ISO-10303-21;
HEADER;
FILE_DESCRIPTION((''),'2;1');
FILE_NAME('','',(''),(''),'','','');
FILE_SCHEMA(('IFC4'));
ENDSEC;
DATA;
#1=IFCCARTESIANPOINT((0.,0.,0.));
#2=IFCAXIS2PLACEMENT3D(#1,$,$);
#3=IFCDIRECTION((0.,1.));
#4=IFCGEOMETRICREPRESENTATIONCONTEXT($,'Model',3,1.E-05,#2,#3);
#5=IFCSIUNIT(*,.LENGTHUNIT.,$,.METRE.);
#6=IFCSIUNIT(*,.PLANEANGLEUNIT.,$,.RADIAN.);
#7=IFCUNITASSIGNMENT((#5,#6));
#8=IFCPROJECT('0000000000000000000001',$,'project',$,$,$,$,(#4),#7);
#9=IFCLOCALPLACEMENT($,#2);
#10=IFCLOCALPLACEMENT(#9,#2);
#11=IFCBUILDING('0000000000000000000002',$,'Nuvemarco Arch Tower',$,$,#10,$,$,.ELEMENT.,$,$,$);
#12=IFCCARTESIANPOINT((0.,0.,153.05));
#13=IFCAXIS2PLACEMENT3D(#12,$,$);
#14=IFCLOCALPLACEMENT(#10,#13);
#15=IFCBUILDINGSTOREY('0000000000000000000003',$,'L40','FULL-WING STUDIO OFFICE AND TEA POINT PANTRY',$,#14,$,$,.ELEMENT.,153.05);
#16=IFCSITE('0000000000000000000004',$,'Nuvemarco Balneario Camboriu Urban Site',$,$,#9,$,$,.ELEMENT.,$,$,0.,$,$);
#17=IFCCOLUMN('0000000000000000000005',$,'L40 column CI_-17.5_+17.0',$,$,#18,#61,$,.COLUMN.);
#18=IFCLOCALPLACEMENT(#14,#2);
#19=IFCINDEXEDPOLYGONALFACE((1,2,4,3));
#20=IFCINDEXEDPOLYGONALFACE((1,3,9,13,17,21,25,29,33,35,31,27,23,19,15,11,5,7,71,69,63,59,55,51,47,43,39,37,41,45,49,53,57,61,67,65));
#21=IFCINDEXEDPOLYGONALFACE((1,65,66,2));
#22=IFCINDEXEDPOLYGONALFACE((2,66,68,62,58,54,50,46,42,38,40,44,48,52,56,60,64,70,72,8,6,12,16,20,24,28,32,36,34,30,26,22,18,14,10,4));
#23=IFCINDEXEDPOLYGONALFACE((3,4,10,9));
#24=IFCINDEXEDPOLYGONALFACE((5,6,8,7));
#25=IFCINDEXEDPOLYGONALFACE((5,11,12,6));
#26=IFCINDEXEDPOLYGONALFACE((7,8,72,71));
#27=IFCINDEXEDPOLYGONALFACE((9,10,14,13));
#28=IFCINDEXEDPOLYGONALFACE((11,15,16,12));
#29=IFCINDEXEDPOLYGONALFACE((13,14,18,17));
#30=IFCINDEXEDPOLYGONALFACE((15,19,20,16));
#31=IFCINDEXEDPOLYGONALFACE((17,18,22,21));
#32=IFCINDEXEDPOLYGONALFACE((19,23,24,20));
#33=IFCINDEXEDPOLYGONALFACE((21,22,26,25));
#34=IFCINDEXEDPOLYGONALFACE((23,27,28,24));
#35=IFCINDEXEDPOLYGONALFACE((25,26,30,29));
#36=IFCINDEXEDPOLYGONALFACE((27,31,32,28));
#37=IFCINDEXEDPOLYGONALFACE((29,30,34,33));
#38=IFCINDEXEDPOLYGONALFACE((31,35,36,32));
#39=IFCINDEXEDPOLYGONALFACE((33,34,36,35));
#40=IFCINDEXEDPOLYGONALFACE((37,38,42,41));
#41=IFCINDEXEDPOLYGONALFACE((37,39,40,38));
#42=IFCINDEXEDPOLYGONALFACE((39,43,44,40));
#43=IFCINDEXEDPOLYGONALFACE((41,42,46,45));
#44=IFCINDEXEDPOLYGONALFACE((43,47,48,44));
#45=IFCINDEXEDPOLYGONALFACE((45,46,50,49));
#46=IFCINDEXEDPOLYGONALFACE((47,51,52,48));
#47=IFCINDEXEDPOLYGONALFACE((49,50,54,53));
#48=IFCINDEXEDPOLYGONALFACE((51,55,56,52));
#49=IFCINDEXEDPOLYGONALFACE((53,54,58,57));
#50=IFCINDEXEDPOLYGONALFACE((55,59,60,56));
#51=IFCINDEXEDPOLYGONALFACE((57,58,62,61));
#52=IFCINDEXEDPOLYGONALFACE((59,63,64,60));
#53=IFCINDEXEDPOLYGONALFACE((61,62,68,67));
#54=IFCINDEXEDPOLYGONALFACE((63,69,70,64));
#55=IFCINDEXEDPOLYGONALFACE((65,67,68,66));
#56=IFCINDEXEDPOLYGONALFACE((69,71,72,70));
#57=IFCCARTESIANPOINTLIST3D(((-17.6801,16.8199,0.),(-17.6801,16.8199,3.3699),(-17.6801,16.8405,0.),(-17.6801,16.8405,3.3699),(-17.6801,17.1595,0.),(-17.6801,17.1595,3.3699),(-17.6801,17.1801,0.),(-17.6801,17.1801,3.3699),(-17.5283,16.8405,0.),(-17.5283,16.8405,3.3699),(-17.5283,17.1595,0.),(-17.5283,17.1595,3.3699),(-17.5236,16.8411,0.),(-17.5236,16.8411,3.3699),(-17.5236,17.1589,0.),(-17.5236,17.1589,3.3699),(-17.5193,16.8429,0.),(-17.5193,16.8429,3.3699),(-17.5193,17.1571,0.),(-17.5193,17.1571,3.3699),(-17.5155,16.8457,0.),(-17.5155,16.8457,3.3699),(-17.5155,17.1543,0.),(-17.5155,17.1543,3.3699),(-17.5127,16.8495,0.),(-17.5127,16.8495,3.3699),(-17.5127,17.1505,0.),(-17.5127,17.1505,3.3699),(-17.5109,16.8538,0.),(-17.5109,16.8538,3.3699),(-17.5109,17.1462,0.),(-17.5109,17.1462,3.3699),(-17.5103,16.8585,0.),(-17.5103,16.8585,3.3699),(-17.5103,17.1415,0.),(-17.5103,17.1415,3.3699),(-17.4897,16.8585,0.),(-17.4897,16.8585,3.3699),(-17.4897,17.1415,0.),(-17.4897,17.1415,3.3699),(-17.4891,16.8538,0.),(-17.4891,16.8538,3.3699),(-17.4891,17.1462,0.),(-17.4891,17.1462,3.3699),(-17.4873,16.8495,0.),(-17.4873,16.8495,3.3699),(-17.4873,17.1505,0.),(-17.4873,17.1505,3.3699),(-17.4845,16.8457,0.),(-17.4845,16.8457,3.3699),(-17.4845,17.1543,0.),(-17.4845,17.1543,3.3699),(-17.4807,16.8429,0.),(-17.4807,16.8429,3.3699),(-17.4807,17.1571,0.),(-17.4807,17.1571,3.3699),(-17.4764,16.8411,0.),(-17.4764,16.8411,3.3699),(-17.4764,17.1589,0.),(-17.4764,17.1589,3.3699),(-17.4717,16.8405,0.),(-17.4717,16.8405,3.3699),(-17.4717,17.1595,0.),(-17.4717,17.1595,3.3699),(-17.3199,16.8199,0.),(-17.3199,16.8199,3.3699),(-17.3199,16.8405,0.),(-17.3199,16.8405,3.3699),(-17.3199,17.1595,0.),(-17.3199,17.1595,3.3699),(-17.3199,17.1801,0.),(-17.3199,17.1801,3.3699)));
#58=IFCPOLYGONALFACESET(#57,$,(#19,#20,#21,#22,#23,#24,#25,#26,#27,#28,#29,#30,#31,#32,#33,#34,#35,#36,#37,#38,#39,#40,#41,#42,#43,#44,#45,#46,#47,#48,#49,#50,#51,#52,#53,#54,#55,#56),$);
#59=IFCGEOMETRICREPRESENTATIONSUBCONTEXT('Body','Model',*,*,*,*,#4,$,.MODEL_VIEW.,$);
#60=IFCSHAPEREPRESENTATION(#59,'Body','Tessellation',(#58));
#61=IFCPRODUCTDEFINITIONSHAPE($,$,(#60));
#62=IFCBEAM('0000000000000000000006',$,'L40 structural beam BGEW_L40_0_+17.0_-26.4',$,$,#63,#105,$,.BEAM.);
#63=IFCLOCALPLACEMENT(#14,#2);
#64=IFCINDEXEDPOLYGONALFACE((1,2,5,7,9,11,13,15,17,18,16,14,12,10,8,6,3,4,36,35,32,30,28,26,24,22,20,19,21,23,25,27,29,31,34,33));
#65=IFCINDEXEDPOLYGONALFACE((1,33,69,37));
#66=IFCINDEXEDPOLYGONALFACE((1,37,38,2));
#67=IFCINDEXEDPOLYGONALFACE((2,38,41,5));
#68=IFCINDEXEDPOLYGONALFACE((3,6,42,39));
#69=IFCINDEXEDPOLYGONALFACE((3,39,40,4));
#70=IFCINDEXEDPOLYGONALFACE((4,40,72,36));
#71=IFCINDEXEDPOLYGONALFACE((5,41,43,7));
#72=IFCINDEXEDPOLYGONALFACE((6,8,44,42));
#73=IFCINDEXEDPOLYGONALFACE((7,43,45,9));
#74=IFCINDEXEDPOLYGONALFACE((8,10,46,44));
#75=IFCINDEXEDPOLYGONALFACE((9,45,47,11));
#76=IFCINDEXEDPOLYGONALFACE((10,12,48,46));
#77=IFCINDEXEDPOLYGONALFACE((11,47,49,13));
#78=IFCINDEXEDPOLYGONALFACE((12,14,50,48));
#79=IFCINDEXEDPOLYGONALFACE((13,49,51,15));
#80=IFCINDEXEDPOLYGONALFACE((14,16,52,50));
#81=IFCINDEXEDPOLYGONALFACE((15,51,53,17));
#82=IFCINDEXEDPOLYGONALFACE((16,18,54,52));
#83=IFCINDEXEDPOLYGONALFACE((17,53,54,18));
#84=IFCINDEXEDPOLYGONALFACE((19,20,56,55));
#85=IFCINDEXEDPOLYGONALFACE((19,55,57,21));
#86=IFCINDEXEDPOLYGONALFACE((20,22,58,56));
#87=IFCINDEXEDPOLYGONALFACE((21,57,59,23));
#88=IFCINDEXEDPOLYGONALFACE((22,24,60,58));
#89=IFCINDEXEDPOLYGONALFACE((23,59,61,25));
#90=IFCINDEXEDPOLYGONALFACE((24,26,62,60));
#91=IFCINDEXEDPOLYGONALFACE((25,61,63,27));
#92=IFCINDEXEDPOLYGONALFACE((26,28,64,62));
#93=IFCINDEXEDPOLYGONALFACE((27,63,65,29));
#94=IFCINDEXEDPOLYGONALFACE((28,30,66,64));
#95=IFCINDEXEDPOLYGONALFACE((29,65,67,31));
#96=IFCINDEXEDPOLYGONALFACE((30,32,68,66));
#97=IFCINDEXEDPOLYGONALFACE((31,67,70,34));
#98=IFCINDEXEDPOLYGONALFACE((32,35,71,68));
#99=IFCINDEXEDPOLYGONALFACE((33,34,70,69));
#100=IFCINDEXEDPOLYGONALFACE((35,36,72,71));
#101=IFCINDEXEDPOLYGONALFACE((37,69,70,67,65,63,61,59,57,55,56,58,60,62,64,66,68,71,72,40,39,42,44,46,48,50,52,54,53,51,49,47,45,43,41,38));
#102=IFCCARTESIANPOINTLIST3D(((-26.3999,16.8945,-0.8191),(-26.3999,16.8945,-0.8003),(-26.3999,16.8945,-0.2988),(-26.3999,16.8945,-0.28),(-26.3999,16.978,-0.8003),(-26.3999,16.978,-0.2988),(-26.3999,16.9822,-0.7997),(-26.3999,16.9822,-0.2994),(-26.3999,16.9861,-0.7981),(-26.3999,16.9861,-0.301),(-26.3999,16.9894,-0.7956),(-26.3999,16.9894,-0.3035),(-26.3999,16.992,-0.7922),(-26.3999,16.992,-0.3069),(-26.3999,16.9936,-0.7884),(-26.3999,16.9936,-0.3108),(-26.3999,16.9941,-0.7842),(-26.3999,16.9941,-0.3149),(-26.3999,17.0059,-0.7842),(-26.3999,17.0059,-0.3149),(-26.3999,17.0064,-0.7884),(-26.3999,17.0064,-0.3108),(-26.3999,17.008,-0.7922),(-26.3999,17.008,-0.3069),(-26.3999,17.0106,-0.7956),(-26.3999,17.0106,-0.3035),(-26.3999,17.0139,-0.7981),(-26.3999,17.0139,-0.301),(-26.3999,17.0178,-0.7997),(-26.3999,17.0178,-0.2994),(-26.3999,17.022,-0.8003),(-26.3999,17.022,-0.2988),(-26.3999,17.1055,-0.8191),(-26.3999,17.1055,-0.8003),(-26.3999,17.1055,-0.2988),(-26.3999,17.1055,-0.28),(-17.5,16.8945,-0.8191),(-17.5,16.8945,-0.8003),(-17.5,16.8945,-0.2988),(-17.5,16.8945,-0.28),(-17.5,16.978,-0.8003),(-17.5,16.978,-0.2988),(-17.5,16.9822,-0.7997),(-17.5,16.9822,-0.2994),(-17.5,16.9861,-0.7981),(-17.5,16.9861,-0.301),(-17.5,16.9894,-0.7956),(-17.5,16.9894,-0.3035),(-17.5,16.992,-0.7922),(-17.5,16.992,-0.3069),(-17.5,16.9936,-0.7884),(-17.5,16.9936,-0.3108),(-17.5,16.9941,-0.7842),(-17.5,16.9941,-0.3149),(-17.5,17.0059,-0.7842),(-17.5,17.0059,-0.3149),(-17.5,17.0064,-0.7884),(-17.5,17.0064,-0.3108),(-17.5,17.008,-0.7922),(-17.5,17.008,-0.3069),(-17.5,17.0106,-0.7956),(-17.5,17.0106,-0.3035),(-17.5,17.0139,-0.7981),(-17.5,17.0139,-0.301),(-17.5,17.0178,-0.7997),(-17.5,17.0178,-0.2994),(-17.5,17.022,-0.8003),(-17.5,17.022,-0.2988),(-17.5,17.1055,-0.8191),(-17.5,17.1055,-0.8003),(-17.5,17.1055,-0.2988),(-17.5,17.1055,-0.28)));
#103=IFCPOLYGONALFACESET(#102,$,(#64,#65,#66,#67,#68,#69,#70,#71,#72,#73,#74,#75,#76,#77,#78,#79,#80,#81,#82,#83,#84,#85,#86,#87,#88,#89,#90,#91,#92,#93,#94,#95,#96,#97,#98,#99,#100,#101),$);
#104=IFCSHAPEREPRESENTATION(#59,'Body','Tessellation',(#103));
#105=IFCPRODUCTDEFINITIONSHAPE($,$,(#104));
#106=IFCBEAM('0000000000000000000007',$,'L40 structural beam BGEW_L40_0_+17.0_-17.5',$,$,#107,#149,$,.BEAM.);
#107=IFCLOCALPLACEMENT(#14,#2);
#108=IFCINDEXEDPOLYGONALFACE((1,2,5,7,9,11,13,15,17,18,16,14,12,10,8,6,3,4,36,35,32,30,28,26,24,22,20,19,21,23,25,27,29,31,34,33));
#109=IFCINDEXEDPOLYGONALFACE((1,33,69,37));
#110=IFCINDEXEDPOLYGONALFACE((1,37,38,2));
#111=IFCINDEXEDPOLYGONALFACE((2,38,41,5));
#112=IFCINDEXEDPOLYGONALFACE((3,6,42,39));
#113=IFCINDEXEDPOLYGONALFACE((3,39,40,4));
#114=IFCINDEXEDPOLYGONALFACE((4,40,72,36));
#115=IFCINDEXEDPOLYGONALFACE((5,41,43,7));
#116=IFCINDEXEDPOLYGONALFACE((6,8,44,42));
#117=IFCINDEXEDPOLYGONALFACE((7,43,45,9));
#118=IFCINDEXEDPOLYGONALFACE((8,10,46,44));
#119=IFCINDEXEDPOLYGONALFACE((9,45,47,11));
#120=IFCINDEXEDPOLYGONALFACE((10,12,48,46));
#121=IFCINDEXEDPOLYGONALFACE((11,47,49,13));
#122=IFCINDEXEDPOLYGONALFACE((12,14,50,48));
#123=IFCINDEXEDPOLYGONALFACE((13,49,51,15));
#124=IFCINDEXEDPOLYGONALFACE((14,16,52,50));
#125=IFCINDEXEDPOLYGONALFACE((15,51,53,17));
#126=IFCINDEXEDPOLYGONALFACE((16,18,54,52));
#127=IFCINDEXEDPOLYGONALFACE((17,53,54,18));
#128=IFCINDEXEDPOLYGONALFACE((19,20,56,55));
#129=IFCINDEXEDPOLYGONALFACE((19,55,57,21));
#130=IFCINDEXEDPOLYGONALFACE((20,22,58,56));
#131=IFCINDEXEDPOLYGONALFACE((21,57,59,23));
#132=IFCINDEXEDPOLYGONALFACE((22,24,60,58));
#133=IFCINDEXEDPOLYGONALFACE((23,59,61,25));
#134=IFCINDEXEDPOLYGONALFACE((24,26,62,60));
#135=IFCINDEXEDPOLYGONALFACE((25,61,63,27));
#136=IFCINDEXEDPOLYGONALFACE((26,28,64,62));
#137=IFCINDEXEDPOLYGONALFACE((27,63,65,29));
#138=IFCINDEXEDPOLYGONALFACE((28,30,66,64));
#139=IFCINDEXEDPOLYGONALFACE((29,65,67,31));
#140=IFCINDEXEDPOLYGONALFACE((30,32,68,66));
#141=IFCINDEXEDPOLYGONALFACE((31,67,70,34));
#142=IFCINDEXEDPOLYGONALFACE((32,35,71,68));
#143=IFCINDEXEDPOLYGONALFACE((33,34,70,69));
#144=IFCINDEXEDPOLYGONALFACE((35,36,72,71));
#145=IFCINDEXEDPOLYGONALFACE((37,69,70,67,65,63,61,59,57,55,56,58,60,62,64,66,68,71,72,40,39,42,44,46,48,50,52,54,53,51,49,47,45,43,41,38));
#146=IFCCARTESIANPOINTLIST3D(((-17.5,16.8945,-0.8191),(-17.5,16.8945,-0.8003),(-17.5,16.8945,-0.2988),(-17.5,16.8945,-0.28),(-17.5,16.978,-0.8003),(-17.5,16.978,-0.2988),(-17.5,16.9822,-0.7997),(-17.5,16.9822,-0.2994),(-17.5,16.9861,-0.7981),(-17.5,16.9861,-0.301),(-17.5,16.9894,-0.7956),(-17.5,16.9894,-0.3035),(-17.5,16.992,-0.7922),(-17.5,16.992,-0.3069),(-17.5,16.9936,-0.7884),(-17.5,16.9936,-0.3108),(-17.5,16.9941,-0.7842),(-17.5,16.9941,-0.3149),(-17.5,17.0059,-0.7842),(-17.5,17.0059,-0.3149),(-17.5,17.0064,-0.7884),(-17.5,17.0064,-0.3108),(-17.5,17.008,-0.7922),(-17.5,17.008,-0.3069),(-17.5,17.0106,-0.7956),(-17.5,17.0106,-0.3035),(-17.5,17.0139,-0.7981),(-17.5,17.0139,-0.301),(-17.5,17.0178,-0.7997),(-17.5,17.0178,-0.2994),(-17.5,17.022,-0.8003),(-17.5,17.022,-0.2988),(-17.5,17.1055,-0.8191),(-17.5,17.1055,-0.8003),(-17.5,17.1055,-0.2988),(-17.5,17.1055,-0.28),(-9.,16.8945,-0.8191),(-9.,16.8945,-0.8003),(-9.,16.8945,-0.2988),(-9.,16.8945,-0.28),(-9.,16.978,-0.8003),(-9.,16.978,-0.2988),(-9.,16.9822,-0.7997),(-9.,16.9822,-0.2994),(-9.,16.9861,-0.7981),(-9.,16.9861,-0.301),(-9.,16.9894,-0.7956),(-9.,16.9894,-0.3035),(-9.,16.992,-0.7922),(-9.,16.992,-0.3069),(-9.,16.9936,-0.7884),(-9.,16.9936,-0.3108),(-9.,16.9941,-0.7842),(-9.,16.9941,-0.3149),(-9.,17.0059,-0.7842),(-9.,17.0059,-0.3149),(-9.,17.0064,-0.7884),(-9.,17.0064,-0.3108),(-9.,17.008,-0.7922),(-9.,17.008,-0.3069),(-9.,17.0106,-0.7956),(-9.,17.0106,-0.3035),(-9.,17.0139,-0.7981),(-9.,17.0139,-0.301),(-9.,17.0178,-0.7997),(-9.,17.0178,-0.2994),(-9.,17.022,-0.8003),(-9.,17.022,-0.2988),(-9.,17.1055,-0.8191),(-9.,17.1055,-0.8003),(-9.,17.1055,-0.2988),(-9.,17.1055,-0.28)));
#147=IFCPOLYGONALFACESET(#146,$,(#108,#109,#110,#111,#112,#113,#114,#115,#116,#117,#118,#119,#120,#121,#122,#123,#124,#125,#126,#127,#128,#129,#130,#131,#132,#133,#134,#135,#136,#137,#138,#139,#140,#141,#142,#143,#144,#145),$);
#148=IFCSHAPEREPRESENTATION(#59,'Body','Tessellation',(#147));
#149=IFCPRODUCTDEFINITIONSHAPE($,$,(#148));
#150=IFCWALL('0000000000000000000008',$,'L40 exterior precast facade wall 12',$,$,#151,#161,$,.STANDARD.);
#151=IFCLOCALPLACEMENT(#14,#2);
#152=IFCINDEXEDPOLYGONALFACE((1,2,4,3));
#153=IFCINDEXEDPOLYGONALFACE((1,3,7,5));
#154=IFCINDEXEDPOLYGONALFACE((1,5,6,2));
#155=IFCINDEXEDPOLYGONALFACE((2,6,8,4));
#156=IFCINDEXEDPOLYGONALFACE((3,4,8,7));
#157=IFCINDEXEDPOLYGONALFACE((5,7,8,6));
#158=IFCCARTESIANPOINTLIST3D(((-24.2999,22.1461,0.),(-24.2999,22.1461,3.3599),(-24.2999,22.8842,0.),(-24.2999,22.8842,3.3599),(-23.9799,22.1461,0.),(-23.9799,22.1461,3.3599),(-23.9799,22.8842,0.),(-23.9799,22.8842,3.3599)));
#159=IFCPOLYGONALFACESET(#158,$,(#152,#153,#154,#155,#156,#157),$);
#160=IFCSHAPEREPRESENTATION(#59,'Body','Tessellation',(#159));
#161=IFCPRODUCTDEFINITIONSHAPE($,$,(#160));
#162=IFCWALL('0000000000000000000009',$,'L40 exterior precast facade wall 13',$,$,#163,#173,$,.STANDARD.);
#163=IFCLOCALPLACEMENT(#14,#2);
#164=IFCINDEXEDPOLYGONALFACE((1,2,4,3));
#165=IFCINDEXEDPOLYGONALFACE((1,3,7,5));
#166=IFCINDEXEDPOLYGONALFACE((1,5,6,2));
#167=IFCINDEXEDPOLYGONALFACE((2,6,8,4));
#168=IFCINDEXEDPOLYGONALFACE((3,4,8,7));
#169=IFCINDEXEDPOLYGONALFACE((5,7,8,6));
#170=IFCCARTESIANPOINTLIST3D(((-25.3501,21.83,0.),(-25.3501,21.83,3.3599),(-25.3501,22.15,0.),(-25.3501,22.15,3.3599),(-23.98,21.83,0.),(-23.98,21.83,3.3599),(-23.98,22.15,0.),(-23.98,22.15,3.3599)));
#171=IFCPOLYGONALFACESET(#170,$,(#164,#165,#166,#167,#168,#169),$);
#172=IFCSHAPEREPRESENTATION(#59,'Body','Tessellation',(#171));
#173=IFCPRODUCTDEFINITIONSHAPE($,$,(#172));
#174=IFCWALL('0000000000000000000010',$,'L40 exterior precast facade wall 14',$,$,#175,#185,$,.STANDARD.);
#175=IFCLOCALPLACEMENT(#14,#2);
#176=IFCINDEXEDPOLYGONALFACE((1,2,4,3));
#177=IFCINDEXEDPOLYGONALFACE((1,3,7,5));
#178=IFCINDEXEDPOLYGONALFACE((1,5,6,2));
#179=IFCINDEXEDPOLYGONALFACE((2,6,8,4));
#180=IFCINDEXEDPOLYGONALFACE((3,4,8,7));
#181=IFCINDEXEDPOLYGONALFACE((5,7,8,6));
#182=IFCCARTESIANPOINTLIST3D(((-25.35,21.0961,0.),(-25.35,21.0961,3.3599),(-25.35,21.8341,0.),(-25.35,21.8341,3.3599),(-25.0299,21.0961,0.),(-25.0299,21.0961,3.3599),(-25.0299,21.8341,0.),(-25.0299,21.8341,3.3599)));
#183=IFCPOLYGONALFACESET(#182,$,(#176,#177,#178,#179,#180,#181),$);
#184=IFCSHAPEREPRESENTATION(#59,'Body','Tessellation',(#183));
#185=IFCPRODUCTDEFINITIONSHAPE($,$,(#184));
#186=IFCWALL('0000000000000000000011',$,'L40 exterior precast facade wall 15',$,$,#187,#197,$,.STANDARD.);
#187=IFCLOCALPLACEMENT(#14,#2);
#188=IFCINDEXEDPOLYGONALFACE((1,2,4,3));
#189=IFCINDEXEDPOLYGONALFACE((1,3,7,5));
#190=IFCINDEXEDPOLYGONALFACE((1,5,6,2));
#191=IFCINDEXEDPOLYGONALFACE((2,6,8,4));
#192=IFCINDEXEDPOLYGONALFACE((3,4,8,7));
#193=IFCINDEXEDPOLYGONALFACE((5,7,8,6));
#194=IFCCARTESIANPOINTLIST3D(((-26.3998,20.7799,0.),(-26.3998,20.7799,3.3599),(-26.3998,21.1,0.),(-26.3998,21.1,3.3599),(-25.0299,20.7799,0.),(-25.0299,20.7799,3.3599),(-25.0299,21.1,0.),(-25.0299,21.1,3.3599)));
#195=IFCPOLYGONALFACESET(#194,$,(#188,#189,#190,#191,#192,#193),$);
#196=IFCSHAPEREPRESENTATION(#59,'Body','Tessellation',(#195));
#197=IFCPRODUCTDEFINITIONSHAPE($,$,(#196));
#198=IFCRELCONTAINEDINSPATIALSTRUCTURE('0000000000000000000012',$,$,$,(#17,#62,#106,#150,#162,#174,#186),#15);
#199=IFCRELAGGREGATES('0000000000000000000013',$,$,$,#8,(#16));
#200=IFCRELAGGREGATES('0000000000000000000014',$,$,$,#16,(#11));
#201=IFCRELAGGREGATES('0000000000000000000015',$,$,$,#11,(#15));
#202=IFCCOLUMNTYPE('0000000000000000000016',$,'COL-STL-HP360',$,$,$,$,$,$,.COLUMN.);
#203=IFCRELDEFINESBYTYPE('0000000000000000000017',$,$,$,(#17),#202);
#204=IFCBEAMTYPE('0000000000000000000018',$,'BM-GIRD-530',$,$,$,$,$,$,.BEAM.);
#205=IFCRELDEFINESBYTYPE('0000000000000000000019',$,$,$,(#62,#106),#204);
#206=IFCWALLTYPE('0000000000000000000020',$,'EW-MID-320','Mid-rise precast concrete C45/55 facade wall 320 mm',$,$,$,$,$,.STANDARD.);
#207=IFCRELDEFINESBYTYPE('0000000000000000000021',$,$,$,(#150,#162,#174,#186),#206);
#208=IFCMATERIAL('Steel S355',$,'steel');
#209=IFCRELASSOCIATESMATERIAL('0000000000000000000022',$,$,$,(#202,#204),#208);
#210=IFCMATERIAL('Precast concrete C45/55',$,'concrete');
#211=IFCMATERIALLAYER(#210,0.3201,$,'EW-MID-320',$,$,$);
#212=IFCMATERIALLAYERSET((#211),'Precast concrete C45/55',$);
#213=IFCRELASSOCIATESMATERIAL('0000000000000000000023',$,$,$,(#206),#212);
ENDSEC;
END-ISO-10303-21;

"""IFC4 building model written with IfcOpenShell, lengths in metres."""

from ifc_helpers import new_model, si_unit, direction, frame, frame_2d, origin, origin_2d, place, context, subcontext, project, spatial, rectangle, i_section, extrude, material, layer, layer_set, material_profile, profile_set, type_object, element, save


model = new_model("IFC4")

# Units and contexts
model_context = context("Model", 3, precision=1e-05, world=origin(), true_north=direction((0.0, 1.0)))
body_context = subcontext(model_context, "Body", "Model", "MODEL_VIEW")
ifc_project = project(units=[si_unit("LENGTHUNIT", "METRE"), si_unit("PLANEANGLEUNIT", "RADIAN")], contexts=[model_context])

# Site, building, storey
site_placement = place(None, origin())
site = spatial("IfcSite", under=ifc_project, at=site_placement, Name="Nuvemarco Balneario Camboriu Urban Site", CompositionType="ELEMENT", RefElevation=0.0)
building_placement = place(site_placement, origin())
building = spatial("IfcBuilding", under=site, at=building_placement, Name="Nuvemarco Arch Tower", CompositionType="ELEMENT")
storey_placement = place(building_placement, frame((0.0, 0.0, 153.05)))
storey = spatial("IfcBuildingStorey", under=building, at=storey_placement, Name="L40", Description="FULL-WING STUDIO OFFICE AND TEA POINT PANTRY", CompositionType="ELEMENT", Elevation=153.05)

# Column
ifc_material_1 = material(Name="Steel S355", Category="steel")
ifc_material_profile_1 = material_profile(ifc_material_1, i_section(OverallWidth=0.3601, OverallDepth=0.3601, WebThickness=0.0205, FlangeThickness=0.0205, FilletRadius=0.0181, at=origin_2d()), Name="HP360x174")
ifc_profile_set_1 = profile_set([ifc_material_profile_1], Name="Steel S355")
column_type = type_object("IfcColumnType", Name="COL-STL-HP360", PredefinedType="COLUMN", material=ifc_profile_set_1)
column_placement = place(storey_placement, frame((-17.5, 17.0, 0.0), z_axis=(0.0, 0.0, 1.0), x_axis=(1.0, 0.0, 0.0)))
element("IfcColumn", 1, at=column_placement, inside=storey, type_object=column_type, Name="L40 column CI_-17.5_+17.0", PredefinedType="COLUMN", context=body_context, shape_type="SweptSolid", body=[
    extrude(i_section(OverallWidth=0.3601, OverallDepth=0.3601, WebThickness=0.0205, FlangeThickness=0.0205, FilletRadius=0.0181, at=origin_2d()), origin(), (0.0, 0.0, 1.0), 3.3699),
])

# Beams
ifc_material_profile_2 = material_profile(ifc_material_1, i_section(OverallWidth=0.2109, OverallDepth=0.5391, WebThickness=0.0117, FlangeThickness=0.0188, FilletRadius=0.0161, at=origin_2d()), Name="W530x109")
ifc_profile_set_2 = profile_set([ifc_material_profile_2], Name="Steel S355")
beam_type = type_object("IfcBeamType", Name="BM-GIRD-530", PredefinedType="BEAM", material=ifc_profile_set_2)
beam_1_placement = place(storey_placement, frame((-26.3999, 17.0, -0.5496), z_axis=(1.0, 0.0, 0.0), x_axis=(0.0, 1.0, 0.0)))
element("IfcBeam", 2, at=beam_1_placement, inside=storey, type_object=beam_type, Name="L40 structural beam BGEW_L40_0_+17.0_-26.4", PredefinedType="BEAM", context=body_context, shape_type="SweptSolid", body=[
    extrude(i_section(OverallWidth=0.2109, OverallDepth=0.5391, WebThickness=0.0117, FlangeThickness=0.0188, FilletRadius=0.0161, at=origin_2d()), origin(), (0.0, 0.0, 1.0), 8.8999),
])
beam_2_placement = place(storey_placement, frame((-17.5, 17.0, -0.5496), z_axis=(1.0, 0.0, 0.0), x_axis=(0.0, 1.0, 0.0)))
element("IfcBeam", 3, at=beam_2_placement, inside=storey, type_object=beam_type, Name="L40 structural beam BGEW_L40_0_+17.0_-17.5", PredefinedType="BEAM", context=body_context, shape_type="SweptSolid", body=[
    extrude(i_section(OverallWidth=0.2109, OverallDepth=0.5391, WebThickness=0.0117, FlangeThickness=0.0188, FilletRadius=0.0161, at=origin_2d()), origin(), (0.0, 0.0, 1.0), 8.5),
])

# Shared definitions
ifc_material_2 = material(Name="Precast concrete C45/55", Category="concrete")
ifc_layer = layer(ifc_material_2, 0.3201, Name="EW-MID-320")
ifc_layer_set = layer_set([ifc_layer], Name="Precast concrete C45/55")
wall_type = type_object("IfcWallType", Name="EW-MID-320", Description="Mid-rise precast concrete C45/55 facade wall 320 mm", PredefinedType="STANDARD", material=ifc_layer_set)

# Walls
wall_1_placement = place(storey_placement, frame((-24.1399, 22.146, 0.0), z_axis=(0.0, 0.0, 1.0), x_axis=(0.0, 1.0, 0.0)))
element("IfcWall", 4, at=wall_1_placement, inside=storey, type_object=wall_type, Name="L40 exterior precast facade wall 12", PredefinedType="STANDARD", context=body_context, shape_type="SweptSolid", body=[
    extrude(rectangle(XDim=0.738, YDim=0.3201, at=frame_2d((0.3691, 0.0))), origin(), (0.0, 0.0, 1.0), 3.3599),
])
wall_2_placement = place(storey_placement, frame((-25.3501, 21.99, 0.0), z_axis=(0.0, 0.0, 1.0), x_axis=(1.0, 0.0, 0.0)))
element("IfcWall", 5, at=wall_2_placement, inside=storey, type_object=wall_type, Name="L40 exterior precast facade wall 13", PredefinedType="STANDARD", context=body_context, shape_type="SweptSolid", body=[
    extrude(rectangle(XDim=1.3701, YDim=0.3201, at=frame_2d((0.6851, 0.0))), origin(), (0.0, 0.0, 1.0), 3.3599),
])
wall_3_placement = place(storey_placement, frame((-25.1899, 21.0959, 0.0), z_axis=(0.0, 0.0, 1.0), x_axis=(0.0, 1.0, 0.0)))
element("IfcWall", 6, at=wall_3_placement, inside=storey, type_object=wall_type, Name="L40 exterior precast facade wall 14", PredefinedType="STANDARD", context=body_context, shape_type="SweptSolid", body=[
    extrude(rectangle(XDim=0.738, YDim=0.3201, at=frame_2d((0.3691, 0.0))), origin(), (0.0, 0.0, 1.0), 3.3599),
])
wall_4_placement = place(storey_placement, frame((-26.3999, 20.9399, 0.0), z_axis=(0.0, 0.0, 1.0), x_axis=(1.0, 0.0, 0.0)))
element("IfcWall", 7, at=wall_4_placement, inside=storey, type_object=wall_type, Name="L40 exterior precast facade wall 15", PredefinedType="STANDARD", context=body_context, shape_type="SweptSolid", body=[
    extrude(rectangle(XDim=1.3699, YDim=0.3201, at=frame_2d((0.6851, 0.0))), origin(), (0.0, 0.0, 1.0), 3.3599),
])

save(model, "model.ifc")
